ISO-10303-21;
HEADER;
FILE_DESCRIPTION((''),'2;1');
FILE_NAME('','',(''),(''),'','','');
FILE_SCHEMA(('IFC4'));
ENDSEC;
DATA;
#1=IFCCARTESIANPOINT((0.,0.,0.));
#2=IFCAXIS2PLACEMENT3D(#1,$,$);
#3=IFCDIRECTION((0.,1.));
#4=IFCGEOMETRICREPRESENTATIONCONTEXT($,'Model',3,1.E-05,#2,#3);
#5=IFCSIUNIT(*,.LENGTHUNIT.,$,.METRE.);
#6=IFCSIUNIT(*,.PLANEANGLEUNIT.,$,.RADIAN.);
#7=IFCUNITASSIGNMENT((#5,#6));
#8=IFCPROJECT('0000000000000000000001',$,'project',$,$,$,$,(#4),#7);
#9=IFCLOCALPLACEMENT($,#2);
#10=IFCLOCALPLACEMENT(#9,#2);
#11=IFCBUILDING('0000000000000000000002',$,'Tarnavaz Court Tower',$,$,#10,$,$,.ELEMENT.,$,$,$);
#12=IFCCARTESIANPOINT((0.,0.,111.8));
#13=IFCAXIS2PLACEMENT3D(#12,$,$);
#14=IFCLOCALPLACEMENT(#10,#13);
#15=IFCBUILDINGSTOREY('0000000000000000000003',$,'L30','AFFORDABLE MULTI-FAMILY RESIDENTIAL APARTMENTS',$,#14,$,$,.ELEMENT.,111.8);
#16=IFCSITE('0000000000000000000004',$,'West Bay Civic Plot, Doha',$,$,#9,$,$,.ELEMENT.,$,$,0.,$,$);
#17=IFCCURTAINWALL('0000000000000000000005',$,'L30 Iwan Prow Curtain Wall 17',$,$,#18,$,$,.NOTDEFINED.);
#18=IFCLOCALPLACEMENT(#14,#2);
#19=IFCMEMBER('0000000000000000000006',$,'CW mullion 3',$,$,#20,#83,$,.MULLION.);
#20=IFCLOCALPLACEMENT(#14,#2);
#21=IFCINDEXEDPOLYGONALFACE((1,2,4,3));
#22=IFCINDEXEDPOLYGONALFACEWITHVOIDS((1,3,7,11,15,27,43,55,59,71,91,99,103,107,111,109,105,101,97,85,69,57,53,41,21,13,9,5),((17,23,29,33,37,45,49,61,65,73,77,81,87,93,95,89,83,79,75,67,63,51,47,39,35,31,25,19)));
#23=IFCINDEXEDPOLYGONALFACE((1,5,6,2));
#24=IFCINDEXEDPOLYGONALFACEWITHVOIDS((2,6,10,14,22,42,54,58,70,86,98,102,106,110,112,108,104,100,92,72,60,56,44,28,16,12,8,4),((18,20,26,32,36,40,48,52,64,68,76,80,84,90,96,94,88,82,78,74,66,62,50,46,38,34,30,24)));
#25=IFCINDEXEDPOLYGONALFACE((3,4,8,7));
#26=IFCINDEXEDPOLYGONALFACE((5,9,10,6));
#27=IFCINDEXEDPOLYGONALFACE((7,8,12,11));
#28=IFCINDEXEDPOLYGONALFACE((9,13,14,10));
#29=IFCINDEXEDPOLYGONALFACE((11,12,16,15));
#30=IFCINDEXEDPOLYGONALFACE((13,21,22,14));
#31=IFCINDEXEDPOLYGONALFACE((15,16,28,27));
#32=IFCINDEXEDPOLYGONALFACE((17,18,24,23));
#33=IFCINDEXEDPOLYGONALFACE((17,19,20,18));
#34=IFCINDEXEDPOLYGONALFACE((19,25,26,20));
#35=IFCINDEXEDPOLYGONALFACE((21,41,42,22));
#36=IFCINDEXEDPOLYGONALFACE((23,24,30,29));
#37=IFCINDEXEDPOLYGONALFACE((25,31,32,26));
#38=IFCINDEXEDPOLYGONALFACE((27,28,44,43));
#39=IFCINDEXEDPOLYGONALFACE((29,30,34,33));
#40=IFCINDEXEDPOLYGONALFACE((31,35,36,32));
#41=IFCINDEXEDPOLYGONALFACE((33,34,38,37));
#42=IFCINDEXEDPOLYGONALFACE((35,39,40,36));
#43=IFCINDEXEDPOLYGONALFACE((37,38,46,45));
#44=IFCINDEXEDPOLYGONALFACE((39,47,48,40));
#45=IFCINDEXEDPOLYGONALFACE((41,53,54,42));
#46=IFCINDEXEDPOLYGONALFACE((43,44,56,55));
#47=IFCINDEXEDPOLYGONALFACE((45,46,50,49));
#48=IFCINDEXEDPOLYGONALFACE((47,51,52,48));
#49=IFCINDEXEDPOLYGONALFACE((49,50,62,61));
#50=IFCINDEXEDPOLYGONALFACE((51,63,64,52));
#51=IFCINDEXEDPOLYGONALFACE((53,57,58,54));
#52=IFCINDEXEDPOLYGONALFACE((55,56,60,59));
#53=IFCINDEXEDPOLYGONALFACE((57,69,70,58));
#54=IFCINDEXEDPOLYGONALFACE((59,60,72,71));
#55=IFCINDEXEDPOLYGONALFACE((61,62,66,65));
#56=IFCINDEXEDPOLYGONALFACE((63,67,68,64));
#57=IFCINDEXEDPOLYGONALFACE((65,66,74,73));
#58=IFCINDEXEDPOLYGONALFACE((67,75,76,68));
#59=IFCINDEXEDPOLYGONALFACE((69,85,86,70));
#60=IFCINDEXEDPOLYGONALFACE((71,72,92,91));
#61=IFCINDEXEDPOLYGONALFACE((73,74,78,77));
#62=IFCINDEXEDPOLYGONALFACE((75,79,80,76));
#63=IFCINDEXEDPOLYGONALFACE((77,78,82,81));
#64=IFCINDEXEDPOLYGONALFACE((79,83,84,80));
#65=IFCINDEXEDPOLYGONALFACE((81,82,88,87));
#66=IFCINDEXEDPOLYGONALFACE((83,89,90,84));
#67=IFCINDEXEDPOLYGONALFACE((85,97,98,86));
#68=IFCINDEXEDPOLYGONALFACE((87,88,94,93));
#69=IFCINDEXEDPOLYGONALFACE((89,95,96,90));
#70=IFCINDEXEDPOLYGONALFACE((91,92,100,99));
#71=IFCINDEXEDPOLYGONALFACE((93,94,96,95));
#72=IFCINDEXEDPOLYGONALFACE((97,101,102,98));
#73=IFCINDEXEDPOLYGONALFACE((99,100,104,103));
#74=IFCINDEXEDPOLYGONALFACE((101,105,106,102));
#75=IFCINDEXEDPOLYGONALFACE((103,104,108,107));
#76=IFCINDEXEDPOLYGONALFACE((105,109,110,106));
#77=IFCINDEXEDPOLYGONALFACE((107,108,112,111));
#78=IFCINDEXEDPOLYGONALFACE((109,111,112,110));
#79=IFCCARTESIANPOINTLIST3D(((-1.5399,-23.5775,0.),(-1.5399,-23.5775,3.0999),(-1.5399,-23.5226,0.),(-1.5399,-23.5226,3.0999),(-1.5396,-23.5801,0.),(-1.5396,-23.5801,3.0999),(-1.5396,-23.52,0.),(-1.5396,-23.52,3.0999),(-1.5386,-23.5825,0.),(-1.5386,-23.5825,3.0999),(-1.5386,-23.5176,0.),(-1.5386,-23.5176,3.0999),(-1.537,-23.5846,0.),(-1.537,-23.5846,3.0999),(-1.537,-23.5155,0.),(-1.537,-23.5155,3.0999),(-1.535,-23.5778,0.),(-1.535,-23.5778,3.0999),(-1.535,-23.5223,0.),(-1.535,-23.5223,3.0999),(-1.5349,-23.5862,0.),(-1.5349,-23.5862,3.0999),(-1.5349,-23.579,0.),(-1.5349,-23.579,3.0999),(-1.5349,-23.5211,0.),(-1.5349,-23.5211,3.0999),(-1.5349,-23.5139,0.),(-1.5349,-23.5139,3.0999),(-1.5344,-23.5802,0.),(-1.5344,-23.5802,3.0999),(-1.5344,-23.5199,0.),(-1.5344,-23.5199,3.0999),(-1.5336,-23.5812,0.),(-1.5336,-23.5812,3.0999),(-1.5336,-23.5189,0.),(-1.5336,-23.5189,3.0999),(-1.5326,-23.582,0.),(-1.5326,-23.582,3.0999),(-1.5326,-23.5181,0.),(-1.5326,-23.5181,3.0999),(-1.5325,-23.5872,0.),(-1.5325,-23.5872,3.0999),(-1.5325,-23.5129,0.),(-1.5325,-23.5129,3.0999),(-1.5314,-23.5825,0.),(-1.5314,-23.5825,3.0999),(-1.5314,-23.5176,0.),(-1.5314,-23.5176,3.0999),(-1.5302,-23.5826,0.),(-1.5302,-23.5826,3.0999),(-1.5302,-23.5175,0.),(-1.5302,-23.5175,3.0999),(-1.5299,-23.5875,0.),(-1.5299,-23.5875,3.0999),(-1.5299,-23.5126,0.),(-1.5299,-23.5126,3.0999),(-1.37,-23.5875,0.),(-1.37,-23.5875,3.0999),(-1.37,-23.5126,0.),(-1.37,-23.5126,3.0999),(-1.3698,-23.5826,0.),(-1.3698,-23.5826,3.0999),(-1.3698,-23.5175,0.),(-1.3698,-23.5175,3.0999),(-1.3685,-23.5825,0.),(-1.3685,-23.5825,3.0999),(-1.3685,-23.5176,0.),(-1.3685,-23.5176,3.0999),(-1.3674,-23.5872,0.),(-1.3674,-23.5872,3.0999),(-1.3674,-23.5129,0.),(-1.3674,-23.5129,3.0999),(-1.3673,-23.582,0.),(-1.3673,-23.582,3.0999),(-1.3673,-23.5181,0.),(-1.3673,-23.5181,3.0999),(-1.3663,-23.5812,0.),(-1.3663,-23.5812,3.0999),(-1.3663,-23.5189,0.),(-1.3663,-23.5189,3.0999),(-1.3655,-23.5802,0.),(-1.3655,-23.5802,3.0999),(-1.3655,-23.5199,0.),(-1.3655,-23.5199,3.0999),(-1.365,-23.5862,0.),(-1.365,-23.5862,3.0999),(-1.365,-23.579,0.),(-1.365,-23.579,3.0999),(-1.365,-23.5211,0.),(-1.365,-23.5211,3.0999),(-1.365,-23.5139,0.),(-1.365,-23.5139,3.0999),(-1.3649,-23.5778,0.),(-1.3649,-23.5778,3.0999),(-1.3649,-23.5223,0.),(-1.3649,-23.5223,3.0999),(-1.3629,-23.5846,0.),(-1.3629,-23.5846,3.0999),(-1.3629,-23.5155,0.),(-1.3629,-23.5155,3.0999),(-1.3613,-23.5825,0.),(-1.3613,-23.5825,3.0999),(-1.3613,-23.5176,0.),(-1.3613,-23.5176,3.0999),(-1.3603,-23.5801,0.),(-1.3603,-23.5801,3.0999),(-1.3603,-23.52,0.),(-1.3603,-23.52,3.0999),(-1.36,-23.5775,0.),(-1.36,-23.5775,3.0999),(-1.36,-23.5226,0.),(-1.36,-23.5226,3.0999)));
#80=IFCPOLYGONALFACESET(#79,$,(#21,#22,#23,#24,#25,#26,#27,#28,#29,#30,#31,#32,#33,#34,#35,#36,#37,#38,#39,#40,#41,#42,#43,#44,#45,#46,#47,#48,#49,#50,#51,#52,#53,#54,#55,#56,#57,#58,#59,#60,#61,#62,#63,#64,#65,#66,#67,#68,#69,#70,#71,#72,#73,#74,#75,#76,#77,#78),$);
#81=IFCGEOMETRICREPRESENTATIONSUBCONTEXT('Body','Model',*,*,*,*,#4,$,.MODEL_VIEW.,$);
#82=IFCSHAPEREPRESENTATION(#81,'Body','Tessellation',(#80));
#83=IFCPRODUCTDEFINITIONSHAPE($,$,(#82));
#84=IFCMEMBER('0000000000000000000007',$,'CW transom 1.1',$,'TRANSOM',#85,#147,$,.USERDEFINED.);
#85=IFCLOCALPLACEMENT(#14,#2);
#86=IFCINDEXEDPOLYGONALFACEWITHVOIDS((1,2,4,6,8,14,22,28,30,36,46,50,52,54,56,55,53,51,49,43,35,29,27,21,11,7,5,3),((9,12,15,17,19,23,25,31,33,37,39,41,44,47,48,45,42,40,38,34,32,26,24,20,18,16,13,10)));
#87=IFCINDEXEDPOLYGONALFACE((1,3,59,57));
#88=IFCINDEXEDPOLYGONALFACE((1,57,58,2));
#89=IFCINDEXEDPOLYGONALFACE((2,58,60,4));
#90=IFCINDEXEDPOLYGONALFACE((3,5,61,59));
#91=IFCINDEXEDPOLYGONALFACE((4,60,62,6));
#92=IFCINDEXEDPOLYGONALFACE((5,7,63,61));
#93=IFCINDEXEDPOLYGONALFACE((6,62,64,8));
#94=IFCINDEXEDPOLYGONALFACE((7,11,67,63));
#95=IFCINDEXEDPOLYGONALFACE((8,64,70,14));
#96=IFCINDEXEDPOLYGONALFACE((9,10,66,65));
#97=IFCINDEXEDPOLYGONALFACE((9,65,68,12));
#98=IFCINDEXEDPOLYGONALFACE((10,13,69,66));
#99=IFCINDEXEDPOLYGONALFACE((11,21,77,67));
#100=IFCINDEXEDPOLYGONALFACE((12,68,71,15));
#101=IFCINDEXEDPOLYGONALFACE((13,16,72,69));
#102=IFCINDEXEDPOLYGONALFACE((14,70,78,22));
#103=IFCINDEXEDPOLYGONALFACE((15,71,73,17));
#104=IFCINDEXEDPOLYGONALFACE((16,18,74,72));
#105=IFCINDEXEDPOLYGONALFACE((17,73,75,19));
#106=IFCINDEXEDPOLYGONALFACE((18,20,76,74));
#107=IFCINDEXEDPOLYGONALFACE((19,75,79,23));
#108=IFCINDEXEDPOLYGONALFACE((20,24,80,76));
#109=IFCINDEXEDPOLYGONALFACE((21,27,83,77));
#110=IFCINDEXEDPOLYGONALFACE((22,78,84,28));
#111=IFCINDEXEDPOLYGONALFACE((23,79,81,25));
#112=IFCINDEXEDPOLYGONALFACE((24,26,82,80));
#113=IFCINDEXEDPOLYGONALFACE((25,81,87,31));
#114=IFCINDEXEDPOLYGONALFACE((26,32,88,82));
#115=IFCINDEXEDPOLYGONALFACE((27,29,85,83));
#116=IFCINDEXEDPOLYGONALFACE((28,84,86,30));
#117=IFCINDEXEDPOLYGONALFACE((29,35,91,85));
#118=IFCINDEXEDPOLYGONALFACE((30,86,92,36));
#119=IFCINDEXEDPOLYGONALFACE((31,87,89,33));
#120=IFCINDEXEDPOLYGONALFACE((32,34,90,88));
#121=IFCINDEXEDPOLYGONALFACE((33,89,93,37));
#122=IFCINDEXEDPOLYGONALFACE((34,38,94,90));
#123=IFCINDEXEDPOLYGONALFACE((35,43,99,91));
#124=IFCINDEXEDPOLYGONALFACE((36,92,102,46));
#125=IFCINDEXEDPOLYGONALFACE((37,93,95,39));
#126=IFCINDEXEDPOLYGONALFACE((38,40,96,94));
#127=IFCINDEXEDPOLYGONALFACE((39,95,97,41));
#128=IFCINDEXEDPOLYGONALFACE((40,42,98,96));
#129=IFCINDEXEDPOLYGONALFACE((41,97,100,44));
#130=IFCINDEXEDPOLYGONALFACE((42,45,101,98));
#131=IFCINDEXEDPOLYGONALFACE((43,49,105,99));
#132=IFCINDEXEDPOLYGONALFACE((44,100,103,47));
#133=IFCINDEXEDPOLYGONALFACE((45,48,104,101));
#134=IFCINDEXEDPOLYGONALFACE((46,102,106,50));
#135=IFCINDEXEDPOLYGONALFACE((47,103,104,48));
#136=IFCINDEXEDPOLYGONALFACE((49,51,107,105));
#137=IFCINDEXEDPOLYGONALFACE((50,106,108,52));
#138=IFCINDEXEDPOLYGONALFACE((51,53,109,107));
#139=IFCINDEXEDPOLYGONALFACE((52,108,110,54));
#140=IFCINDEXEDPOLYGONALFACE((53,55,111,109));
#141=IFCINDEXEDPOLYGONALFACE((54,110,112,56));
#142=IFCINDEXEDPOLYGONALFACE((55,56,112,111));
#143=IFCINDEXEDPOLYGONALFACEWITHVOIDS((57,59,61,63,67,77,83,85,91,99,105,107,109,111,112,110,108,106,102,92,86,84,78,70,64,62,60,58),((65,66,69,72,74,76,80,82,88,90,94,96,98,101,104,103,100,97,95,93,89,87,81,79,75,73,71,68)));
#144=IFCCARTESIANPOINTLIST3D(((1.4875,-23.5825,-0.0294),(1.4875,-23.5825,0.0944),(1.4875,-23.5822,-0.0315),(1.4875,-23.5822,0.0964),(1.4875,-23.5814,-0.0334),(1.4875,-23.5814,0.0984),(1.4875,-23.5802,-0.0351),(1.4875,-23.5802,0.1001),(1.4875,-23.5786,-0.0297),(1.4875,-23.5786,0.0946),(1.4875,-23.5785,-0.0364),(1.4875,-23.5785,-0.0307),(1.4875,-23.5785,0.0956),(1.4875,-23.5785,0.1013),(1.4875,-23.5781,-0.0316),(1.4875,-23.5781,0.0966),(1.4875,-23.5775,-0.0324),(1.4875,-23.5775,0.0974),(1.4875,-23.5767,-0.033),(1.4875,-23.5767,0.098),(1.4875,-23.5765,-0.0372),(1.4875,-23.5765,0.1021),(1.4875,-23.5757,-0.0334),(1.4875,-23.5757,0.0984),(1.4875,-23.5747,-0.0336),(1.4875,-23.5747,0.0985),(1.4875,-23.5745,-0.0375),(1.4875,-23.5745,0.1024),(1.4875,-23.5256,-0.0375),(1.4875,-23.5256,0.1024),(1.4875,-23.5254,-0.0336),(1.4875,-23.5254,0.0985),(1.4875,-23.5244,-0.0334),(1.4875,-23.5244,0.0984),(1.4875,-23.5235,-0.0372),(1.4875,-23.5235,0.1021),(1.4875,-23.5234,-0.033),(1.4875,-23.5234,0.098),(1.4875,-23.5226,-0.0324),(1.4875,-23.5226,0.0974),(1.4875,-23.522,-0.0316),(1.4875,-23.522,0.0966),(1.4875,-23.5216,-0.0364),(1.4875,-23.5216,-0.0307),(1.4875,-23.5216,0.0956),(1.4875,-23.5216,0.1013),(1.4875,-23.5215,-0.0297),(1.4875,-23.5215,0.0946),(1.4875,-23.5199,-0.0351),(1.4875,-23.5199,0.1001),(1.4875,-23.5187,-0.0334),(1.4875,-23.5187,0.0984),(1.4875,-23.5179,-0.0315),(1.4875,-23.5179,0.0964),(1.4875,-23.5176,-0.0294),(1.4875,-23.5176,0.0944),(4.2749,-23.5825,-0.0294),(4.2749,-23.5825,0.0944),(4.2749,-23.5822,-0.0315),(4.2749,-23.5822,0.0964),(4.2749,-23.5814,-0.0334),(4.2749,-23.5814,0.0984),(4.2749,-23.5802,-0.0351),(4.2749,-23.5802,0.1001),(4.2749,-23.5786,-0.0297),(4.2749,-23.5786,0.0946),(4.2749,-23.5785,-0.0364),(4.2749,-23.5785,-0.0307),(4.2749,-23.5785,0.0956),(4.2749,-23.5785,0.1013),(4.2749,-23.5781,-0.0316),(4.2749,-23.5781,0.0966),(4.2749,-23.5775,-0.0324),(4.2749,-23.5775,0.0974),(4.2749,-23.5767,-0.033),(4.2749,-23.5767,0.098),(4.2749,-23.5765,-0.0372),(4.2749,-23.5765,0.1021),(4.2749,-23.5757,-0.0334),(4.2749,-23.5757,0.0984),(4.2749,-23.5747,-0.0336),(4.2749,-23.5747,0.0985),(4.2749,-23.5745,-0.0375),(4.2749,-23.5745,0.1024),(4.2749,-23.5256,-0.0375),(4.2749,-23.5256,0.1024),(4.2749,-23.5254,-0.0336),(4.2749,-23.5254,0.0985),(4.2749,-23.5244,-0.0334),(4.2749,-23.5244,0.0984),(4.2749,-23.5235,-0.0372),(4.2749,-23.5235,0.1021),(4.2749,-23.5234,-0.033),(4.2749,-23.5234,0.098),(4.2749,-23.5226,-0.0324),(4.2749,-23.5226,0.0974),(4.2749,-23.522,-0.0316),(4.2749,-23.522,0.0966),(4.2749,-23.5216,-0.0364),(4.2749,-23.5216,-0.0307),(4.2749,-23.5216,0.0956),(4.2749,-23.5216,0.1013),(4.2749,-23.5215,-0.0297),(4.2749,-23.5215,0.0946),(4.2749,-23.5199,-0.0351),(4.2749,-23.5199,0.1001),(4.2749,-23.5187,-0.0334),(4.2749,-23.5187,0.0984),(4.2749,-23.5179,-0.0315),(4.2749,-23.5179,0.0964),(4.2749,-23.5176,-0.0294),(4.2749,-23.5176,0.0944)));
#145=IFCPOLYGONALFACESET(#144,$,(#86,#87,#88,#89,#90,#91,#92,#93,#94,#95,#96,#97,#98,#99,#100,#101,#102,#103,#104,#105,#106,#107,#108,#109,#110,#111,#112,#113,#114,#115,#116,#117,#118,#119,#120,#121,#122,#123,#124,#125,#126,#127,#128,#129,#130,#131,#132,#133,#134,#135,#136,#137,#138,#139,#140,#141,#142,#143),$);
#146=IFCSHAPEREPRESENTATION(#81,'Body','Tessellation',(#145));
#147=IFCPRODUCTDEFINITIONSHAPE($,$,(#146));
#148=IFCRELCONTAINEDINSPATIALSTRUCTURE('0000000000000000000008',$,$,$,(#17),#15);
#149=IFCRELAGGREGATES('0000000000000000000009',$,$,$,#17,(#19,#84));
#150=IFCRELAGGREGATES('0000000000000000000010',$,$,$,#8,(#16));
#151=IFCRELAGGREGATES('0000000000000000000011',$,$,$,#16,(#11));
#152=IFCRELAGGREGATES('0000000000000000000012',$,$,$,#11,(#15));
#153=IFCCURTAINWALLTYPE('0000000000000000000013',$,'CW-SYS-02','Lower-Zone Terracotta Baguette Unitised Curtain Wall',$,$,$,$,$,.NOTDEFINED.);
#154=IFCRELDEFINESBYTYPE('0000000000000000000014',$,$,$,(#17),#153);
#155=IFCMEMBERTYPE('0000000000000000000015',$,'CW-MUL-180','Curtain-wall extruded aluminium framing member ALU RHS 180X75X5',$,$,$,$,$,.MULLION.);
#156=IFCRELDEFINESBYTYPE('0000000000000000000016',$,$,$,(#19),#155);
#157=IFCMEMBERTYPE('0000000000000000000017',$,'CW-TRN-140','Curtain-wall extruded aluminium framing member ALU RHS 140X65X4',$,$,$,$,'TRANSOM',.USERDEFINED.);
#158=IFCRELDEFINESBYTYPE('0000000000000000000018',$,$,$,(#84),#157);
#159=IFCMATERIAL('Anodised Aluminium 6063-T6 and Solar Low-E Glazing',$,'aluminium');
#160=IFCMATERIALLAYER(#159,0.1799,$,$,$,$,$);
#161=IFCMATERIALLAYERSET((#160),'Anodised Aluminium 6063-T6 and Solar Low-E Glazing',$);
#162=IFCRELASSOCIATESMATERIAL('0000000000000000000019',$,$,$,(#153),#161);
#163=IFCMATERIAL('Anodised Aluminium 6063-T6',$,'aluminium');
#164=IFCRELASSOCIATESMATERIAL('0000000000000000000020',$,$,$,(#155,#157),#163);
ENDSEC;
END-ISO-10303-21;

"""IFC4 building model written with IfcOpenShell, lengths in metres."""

from ifc_helpers import new_model, si_unit, direction, frame, origin, origin_2d, place, context, subcontext, project, spatial, hollow_rectangle, extrude, material, layer, layer_set, material_profile, profile_set, type_object, element, aggregate, save


model = new_model("IFC4")

# Units and contexts
model_context = context("Model", 3, precision=1e-05, world=origin(), true_north=direction((0.0, 1.0)))
body_context = subcontext(model_context, "Body", "Model", "MODEL_VIEW")
ifc_project = project(units=[si_unit("LENGTHUNIT", "METRE"), si_unit("PLANEANGLEUNIT", "RADIAN")], contexts=[model_context])

# Site, building, storey
site_placement = place(None, origin())
site = spatial("IfcSite", under=ifc_project, at=site_placement, Name="West Bay Civic Plot, Doha", CompositionType="ELEMENT", RefElevation=0.0)
building_placement = place(site_placement, origin())
building = spatial("IfcBuilding", under=site, at=building_placement, Name="Tarnavaz Court Tower", CompositionType="ELEMENT")
storey_placement = place(building_placement, frame((0.0, 0.0, 111.8)))
storey = spatial("IfcBuildingStorey", under=building, at=storey_placement, Name="L30", Description="AFFORDABLE MULTI-FAMILY RESIDENTIAL APARTMENTS", CompositionType="ELEMENT", Elevation=111.8)

# Curtain wall, members
ifc_material_1 = material(Name="Anodised Aluminium 6063-T6 and Solar Low-E Glazing", Category="aluminium")
ifc_layer_1 = layer(ifc_material_1, 0.1799)
ifc_layer_set_1 = layer_set([ifc_layer_1], Name="Anodised Aluminium 6063-T6 and Solar Low-E Glazing")
curtain_wall_type = type_object("IfcCurtainWallType", Name="CW-SYS-02", Description="Lower-Zone Terracotta Baguette Unitised Curtain Wall", PredefinedType="NOTDEFINED", material=ifc_layer_set_1)
curtain_wall_placement = place(storey_placement, origin())
curtain_wall = element("IfcCurtainWall", 1, at=curtain_wall_placement, inside=storey, type_object=curtain_wall_type, Name="L30 Iwan Prow Curtain Wall 17", PredefinedType="NOTDEFINED")
ifc_material_2 = material(Name="Anodised Aluminium 6063-T6", Category="aluminium")
ifc_material_profile_1 = material_profile(ifc_material_2, hollow_rectangle(XDim=0.075, YDim=0.1799, WallThickness=0.0049, InnerFilletRadius=0.0049, OuterFilletRadius=0.01, at=origin_2d()), Name="ALU RHS 180X75X5")
ifc_profile_set_1 = profile_set([ifc_material_profile_1], Name="Anodised Aluminium 6063-T6")
member_type_1 = type_object("IfcMemberType", Name="CW-MUL-180", Description="Curtain-wall extruded aluminium framing member ALU RHS 180X75X5", PredefinedType="MULLION", material=ifc_profile_set_1)
member_1_placement = place(storey_placement, frame((-1.45, -23.55, 0.0), z_axis=(0.0, 0.0, 1.0), x_axis=(0.0, -1.0, 0.0)))
member_1 = element("IfcMember", 2, at=member_1_placement, type_object=member_type_1, Name="CW mullion 3", PredefinedType="MULLION", context=body_context, shape_type="SweptSolid", body=[
    extrude(hollow_rectangle(XDim=0.075, YDim=0.1799, WallThickness=0.0049, InnerFilletRadius=0.0049, OuterFilletRadius=0.01, at=origin_2d()), origin(), (0.0, 0.0, 1.0), 3.0999),
])
ifc_material_profile_2 = material_profile(ifc_material_2, hollow_rectangle(XDim=0.0649, YDim=0.1399, WallThickness=0.0039, InnerFilletRadius=0.0039, OuterFilletRadius=0.0081, at=origin_2d()), Name="ALU RHS 140X65X4")
ifc_profile_set_2 = profile_set([ifc_material_profile_2], Name="Anodised Aluminium 6063-T6")
member_type_2 = type_object("IfcMemberType", Name="CW-TRN-140", Description="Curtain-wall extruded aluminium framing member ALU RHS 140X65X4", ElementType="TRANSOM", PredefinedType="USERDEFINED", material=ifc_profile_set_2)
member_2_placement = place(storey_placement, frame((4.2749, -23.55, 0.0325), z_axis=(-1.0, 0.0, 0.0), x_axis=(0.0, -1.0, 0.0)))
member_2 = element("IfcMember", 3, at=member_2_placement, type_object=member_type_2, Name="CW transom 1.1", ObjectType="TRANSOM", PredefinedType="USERDEFINED", context=body_context, shape_type="SweptSolid", body=[
    extrude(hollow_rectangle(XDim=0.0649, YDim=0.1399, WallThickness=0.0039, InnerFilletRadius=0.0039, OuterFilletRadius=0.0081, at=origin_2d()), origin(), (0.0, 0.0, 1.0), 2.7874),
])
aggregate(curtain_wall, [member_1, member_2])

save(model, "model.ifc")
